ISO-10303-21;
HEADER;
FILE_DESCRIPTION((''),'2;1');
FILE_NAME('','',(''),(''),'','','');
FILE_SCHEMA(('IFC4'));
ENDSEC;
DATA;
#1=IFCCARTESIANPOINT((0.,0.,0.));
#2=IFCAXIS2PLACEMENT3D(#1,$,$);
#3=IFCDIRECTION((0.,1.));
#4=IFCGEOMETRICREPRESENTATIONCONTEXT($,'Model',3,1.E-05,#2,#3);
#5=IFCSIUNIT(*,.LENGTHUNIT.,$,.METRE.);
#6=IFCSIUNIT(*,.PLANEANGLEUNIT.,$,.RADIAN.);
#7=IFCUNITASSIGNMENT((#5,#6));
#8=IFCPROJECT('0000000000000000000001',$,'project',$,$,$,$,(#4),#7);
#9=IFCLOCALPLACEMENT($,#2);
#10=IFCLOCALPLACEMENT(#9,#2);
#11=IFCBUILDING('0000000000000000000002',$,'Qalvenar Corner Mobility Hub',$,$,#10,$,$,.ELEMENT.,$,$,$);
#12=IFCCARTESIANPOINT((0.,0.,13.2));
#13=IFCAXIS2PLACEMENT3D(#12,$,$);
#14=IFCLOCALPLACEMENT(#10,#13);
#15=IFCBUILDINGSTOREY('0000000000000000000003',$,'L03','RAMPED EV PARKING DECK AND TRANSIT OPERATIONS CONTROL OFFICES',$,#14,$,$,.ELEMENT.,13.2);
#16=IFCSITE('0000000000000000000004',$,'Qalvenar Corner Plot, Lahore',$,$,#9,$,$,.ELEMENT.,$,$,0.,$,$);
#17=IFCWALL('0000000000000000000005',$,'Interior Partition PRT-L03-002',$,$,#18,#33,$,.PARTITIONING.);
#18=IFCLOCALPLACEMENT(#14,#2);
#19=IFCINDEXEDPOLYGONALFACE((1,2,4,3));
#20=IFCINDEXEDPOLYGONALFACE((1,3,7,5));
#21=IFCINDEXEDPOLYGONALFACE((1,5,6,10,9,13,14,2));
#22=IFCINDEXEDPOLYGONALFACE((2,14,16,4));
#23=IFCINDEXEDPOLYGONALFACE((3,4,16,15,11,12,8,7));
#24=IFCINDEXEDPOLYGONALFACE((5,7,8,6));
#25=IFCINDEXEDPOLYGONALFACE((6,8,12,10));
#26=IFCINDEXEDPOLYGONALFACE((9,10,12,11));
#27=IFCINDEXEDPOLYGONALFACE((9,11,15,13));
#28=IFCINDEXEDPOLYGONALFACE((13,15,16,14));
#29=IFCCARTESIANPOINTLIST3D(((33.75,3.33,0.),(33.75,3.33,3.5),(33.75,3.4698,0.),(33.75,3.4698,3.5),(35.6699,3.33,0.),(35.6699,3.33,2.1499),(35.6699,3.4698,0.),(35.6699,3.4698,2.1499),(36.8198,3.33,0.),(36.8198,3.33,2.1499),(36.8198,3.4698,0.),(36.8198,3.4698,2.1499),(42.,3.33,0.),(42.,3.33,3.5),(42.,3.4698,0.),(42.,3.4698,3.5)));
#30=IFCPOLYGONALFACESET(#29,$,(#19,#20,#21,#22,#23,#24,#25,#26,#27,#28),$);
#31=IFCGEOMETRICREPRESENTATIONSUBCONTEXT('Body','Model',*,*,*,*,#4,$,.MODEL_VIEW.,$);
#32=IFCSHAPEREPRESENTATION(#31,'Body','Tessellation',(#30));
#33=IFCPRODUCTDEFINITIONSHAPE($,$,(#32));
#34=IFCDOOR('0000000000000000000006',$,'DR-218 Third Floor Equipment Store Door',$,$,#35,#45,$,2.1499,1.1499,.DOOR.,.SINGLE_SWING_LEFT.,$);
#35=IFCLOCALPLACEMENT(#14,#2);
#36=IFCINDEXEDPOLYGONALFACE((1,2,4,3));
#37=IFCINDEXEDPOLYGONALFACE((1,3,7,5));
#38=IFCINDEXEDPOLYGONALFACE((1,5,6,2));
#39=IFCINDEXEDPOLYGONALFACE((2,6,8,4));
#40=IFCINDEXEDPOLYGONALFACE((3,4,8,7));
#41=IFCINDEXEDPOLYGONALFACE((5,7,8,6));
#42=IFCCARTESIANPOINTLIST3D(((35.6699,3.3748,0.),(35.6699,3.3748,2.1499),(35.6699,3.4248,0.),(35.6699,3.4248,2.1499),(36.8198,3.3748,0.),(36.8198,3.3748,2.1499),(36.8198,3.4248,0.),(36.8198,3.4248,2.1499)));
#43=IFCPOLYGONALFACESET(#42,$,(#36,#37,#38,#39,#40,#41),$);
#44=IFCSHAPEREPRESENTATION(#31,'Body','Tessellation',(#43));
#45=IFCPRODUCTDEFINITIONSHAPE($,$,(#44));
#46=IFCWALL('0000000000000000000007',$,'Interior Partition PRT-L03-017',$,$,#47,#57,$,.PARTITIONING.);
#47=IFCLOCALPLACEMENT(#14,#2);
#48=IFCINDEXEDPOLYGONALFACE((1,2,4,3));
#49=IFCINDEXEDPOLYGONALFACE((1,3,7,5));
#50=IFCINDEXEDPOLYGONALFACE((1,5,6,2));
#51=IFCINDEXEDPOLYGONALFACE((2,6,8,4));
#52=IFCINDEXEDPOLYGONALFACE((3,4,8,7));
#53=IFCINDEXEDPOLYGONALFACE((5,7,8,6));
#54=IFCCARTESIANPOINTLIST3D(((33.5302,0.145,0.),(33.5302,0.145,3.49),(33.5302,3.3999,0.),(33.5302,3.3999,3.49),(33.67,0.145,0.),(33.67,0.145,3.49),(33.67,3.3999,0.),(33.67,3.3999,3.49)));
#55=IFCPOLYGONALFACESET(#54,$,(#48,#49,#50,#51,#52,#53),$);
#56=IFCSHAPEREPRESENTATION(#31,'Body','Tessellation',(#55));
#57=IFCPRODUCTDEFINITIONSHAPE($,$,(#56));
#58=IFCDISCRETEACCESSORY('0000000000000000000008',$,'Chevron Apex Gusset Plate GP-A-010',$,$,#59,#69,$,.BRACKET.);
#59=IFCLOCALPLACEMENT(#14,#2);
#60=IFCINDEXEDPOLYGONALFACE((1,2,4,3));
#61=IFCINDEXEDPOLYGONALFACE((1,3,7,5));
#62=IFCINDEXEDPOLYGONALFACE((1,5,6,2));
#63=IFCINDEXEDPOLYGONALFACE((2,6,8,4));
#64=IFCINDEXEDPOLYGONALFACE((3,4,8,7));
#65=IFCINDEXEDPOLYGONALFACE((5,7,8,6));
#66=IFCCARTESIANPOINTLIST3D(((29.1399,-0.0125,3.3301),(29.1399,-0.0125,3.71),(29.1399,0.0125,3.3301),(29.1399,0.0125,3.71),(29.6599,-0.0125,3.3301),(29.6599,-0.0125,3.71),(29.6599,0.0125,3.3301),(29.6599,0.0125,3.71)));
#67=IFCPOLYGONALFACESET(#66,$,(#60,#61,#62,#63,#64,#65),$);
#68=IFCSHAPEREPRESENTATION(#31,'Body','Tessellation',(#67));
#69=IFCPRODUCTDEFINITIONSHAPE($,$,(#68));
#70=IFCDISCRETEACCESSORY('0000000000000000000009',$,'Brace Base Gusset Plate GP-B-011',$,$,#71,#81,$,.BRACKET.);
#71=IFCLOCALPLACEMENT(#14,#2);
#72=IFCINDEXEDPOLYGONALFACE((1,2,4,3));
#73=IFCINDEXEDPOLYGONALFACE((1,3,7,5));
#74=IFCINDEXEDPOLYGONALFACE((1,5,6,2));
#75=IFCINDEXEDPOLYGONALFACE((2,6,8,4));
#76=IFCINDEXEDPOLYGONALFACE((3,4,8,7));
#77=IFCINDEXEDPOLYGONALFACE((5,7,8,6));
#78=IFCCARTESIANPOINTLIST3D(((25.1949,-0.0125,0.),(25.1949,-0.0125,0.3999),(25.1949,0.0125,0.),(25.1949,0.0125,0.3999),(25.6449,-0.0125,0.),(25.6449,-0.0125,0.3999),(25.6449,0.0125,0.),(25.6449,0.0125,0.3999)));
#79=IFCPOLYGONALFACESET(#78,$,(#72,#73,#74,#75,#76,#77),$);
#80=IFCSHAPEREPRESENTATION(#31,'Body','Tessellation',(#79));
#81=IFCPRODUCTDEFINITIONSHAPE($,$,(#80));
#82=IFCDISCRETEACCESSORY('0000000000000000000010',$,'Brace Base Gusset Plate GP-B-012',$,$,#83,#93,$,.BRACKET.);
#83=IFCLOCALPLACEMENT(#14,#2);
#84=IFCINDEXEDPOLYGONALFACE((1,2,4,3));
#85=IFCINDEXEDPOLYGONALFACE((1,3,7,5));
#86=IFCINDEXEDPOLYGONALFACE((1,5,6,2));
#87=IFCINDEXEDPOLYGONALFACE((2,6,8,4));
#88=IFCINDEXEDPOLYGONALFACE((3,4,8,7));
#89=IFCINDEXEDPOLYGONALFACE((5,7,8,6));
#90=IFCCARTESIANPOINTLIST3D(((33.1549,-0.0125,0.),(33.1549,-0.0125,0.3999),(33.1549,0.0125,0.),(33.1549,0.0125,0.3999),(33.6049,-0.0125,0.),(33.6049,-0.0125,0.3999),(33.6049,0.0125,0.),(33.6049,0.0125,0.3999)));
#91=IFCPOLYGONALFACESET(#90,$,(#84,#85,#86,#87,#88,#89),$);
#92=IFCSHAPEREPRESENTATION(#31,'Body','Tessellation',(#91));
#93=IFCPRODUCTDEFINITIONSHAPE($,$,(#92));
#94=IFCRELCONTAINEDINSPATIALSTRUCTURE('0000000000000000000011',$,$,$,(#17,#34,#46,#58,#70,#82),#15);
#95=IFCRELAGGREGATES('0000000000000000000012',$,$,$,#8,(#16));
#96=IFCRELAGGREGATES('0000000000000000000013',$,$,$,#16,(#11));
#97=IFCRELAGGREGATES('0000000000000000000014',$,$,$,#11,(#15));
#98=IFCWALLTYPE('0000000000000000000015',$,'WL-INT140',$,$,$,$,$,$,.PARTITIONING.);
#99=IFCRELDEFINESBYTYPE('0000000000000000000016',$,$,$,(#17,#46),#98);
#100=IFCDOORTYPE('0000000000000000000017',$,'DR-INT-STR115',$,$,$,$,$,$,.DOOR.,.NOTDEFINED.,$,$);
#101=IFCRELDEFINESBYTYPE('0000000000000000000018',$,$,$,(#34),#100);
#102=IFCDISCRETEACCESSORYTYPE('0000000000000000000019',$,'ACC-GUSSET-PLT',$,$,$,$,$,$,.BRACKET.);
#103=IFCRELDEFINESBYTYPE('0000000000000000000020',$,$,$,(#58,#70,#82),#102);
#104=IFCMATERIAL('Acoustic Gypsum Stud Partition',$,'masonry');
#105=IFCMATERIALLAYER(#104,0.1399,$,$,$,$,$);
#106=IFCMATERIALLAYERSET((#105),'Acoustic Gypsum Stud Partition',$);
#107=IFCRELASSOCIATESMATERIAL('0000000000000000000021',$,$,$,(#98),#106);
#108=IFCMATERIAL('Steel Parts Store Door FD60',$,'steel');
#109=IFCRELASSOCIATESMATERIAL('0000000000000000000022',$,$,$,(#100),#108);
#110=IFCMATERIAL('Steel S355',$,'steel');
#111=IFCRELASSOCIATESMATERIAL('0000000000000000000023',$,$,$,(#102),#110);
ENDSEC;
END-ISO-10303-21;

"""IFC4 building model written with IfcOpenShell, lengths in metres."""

from ifc_helpers import new_model, si_unit, direction, frame, frame_2d, origin, origin_2d, place, context, subcontext, project, spatial, rectangle, extrude, material, layer, layer_set, type_object, element, fill, save


model = new_model("IFC4")

# Units and contexts
model_context = context("Model", 3, precision=1e-05, world=origin(), true_north=direction((0.0, 1.0)))
body_context = subcontext(model_context, "Body", "Model", "MODEL_VIEW")
ifc_project = project(units=[si_unit("LENGTHUNIT", "METRE"), si_unit("PLANEANGLEUNIT", "RADIAN")], contexts=[model_context])

# Site, building, storey
site_placement = place(None, origin())
site = spatial("IfcSite", under=ifc_project, at=site_placement, Name="Qalvenar Corner Plot, Lahore", CompositionType="ELEMENT", RefElevation=0.0)
building_placement = place(site_placement, origin())
building = spatial("IfcBuilding", under=site, at=building_placement, Name="Qalvenar Corner Mobility Hub", CompositionType="ELEMENT")
storey_placement = place(building_placement, frame((0.0, 0.0, 13.2)))
storey = spatial("IfcBuildingStorey", under=building, at=storey_placement, Name="L03", Description="RAMPED EV PARKING DECK AND TRANSIT OPERATIONS CONTROL OFFICES", CompositionType="ELEMENT", Elevation=13.2)

# Shared definitions
ifc_material_1 = material(Name="Steel S355", Category="steel")

# Wall, opening, door
ifc_material_2 = material(Name="Acoustic Gypsum Stud Partition", Category="masonry")
ifc_layer_1 = layer(ifc_material_2, 0.1399)
ifc_layer_set_1 = layer_set([ifc_layer_1], Name="Acoustic Gypsum Stud Partition")
wall_type_1 = type_object("IfcWallType", Name="WL-INT140", PredefinedType="PARTITIONING", material=ifc_layer_set_1)
wall_1_placement = place(storey_placement, frame((33.75, 3.3999, 0.0), z_axis=(0.0, 0.0, 1.0), x_axis=(1.0, 0.0, 0.0)))
wall_1 = element("IfcWall", 1, at=wall_1_placement, inside=storey, type_object=wall_type_1, Name="Interior Partition PRT-L03-002", PredefinedType="PARTITIONING", context=body_context, shape_type="SweptSolid", body=[
    extrude(rectangle(XDim=8.25, YDim=0.1399, at=frame_2d((4.125, 0.0))), origin(), (0.0, 0.0, 1.0), 3.5),
])
opening_placement = place(wall_1_placement, frame((1.9199, 0.0, 0.0)))
opening = element("IfcOpeningElement", 2, at=opening_placement, cuts=wall_1, PredefinedType="OPENING", context=body_context, shape_type="SweptSolid", body=[
    extrude(rectangle(XDim=1.1499, YDim=2.1499, at=frame_2d((0.575, 1.075))), frame((0.0, 0.0801, 0.0), z_axis=(0.0, -1.0, 0.0), x_axis=(1.0, 0.0, 0.0)), (0.0, 0.0, 1.0), 0.1599),
])
ifc_material_3 = material(Name="Steel Parts Store Door FD60", Category="steel")
door_type = type_object("IfcDoorType", Name="DR-INT-STR115", OperationType="NOTDEFINED", PredefinedType="DOOR", material=ifc_material_3)
door_placement = place(opening_placement, origin())
door = element("IfcDoor", 3, at=door_placement, inside=storey, type_object=door_type, Name="DR-218 Third Floor Equipment Store Door", OperationType="SINGLE_SWING_LEFT", OverallHeight=2.1499, OverallWidth=1.1499, PredefinedType="DOOR", context=body_context, shape_type="SweptSolid", body=[
    extrude(rectangle(XDim=1.1499, YDim=2.1499, at=frame_2d((0.575, 1.075))), frame((0.0, 0.0249, 0.0), z_axis=(0.0, -1.0, 0.0), x_axis=(1.0, 0.0, 0.0)), (0.0, 0.0, 1.0), 0.05),
])
fill(opening, door)

# Wall
wall_2_placement = place(storey_placement, frame((33.6001, 0.145, 0.0), z_axis=(0.0, 0.0, 1.0), x_axis=(0.0, 1.0, 0.0)))
element("IfcWall", 4, at=wall_2_placement, inside=storey, type_object=wall_type_1, Name="Interior Partition PRT-L03-017", PredefinedType="PARTITIONING", context=body_context, shape_type="SweptSolid", body=[
    extrude(rectangle(XDim=3.2549, YDim=0.1399, at=frame_2d((1.6274, 0.0))), origin(), (0.0, 0.0, 1.0), 3.49),
])

# Discrete accessories
discrete_accessory_type = type_object("IfcDiscreteAccessoryType", Name="ACC-GUSSET-PLT", PredefinedType="BRACKET", material=ifc_material_1)
discrete_accessory_placement = place(storey_placement, frame((29.3999, 0.0, 3.3301), z_axis=(0.0, 0.0, 1.0), x_axis=(1.0, 0.0, 0.0)))
element("IfcDiscreteAccessory", 5, at=discrete_accessory_placement, inside=storey, type_object=discrete_accessory_type, Name="Chevron Apex Gusset Plate GP-A-010", PredefinedType="BRACKET", context=body_context, shape_type="SweptSolid", body=[
    extrude(rectangle(XDim=0.52, YDim=0.0249, at=origin_2d()), origin(), (0.0, 0.0, 1.0), 0.3799),
])
for number, where, z_axis, x_axis, name in (
    (6, (25.4199, 0.0, 0.0), (0.0, 0.0, 1.0), (1.0, 0.0, 0.0), "Brace Base Gusset Plate GP-B-011"),
    (7, (33.3799, 0.0, 0.0), (0.0, 0.0, 1.0), (1.0, 0.0, 0.0), "Brace Base Gusset Plate GP-B-012"),
):
    element("IfcDiscreteAccessory", number, at=place(storey_placement, frame(where, z_axis=z_axis, x_axis=x_axis)), inside=storey, type_object=discrete_accessory_type, Name=name, PredefinedType="BRACKET", context=body_context, shape_type="SweptSolid", body=[
        extrude(rectangle(XDim=0.45, YDim=0.0249, at=origin_2d()), origin(), (0.0, 0.0, 1.0), 0.3999),
    ])

save(model, "model.ifc")
